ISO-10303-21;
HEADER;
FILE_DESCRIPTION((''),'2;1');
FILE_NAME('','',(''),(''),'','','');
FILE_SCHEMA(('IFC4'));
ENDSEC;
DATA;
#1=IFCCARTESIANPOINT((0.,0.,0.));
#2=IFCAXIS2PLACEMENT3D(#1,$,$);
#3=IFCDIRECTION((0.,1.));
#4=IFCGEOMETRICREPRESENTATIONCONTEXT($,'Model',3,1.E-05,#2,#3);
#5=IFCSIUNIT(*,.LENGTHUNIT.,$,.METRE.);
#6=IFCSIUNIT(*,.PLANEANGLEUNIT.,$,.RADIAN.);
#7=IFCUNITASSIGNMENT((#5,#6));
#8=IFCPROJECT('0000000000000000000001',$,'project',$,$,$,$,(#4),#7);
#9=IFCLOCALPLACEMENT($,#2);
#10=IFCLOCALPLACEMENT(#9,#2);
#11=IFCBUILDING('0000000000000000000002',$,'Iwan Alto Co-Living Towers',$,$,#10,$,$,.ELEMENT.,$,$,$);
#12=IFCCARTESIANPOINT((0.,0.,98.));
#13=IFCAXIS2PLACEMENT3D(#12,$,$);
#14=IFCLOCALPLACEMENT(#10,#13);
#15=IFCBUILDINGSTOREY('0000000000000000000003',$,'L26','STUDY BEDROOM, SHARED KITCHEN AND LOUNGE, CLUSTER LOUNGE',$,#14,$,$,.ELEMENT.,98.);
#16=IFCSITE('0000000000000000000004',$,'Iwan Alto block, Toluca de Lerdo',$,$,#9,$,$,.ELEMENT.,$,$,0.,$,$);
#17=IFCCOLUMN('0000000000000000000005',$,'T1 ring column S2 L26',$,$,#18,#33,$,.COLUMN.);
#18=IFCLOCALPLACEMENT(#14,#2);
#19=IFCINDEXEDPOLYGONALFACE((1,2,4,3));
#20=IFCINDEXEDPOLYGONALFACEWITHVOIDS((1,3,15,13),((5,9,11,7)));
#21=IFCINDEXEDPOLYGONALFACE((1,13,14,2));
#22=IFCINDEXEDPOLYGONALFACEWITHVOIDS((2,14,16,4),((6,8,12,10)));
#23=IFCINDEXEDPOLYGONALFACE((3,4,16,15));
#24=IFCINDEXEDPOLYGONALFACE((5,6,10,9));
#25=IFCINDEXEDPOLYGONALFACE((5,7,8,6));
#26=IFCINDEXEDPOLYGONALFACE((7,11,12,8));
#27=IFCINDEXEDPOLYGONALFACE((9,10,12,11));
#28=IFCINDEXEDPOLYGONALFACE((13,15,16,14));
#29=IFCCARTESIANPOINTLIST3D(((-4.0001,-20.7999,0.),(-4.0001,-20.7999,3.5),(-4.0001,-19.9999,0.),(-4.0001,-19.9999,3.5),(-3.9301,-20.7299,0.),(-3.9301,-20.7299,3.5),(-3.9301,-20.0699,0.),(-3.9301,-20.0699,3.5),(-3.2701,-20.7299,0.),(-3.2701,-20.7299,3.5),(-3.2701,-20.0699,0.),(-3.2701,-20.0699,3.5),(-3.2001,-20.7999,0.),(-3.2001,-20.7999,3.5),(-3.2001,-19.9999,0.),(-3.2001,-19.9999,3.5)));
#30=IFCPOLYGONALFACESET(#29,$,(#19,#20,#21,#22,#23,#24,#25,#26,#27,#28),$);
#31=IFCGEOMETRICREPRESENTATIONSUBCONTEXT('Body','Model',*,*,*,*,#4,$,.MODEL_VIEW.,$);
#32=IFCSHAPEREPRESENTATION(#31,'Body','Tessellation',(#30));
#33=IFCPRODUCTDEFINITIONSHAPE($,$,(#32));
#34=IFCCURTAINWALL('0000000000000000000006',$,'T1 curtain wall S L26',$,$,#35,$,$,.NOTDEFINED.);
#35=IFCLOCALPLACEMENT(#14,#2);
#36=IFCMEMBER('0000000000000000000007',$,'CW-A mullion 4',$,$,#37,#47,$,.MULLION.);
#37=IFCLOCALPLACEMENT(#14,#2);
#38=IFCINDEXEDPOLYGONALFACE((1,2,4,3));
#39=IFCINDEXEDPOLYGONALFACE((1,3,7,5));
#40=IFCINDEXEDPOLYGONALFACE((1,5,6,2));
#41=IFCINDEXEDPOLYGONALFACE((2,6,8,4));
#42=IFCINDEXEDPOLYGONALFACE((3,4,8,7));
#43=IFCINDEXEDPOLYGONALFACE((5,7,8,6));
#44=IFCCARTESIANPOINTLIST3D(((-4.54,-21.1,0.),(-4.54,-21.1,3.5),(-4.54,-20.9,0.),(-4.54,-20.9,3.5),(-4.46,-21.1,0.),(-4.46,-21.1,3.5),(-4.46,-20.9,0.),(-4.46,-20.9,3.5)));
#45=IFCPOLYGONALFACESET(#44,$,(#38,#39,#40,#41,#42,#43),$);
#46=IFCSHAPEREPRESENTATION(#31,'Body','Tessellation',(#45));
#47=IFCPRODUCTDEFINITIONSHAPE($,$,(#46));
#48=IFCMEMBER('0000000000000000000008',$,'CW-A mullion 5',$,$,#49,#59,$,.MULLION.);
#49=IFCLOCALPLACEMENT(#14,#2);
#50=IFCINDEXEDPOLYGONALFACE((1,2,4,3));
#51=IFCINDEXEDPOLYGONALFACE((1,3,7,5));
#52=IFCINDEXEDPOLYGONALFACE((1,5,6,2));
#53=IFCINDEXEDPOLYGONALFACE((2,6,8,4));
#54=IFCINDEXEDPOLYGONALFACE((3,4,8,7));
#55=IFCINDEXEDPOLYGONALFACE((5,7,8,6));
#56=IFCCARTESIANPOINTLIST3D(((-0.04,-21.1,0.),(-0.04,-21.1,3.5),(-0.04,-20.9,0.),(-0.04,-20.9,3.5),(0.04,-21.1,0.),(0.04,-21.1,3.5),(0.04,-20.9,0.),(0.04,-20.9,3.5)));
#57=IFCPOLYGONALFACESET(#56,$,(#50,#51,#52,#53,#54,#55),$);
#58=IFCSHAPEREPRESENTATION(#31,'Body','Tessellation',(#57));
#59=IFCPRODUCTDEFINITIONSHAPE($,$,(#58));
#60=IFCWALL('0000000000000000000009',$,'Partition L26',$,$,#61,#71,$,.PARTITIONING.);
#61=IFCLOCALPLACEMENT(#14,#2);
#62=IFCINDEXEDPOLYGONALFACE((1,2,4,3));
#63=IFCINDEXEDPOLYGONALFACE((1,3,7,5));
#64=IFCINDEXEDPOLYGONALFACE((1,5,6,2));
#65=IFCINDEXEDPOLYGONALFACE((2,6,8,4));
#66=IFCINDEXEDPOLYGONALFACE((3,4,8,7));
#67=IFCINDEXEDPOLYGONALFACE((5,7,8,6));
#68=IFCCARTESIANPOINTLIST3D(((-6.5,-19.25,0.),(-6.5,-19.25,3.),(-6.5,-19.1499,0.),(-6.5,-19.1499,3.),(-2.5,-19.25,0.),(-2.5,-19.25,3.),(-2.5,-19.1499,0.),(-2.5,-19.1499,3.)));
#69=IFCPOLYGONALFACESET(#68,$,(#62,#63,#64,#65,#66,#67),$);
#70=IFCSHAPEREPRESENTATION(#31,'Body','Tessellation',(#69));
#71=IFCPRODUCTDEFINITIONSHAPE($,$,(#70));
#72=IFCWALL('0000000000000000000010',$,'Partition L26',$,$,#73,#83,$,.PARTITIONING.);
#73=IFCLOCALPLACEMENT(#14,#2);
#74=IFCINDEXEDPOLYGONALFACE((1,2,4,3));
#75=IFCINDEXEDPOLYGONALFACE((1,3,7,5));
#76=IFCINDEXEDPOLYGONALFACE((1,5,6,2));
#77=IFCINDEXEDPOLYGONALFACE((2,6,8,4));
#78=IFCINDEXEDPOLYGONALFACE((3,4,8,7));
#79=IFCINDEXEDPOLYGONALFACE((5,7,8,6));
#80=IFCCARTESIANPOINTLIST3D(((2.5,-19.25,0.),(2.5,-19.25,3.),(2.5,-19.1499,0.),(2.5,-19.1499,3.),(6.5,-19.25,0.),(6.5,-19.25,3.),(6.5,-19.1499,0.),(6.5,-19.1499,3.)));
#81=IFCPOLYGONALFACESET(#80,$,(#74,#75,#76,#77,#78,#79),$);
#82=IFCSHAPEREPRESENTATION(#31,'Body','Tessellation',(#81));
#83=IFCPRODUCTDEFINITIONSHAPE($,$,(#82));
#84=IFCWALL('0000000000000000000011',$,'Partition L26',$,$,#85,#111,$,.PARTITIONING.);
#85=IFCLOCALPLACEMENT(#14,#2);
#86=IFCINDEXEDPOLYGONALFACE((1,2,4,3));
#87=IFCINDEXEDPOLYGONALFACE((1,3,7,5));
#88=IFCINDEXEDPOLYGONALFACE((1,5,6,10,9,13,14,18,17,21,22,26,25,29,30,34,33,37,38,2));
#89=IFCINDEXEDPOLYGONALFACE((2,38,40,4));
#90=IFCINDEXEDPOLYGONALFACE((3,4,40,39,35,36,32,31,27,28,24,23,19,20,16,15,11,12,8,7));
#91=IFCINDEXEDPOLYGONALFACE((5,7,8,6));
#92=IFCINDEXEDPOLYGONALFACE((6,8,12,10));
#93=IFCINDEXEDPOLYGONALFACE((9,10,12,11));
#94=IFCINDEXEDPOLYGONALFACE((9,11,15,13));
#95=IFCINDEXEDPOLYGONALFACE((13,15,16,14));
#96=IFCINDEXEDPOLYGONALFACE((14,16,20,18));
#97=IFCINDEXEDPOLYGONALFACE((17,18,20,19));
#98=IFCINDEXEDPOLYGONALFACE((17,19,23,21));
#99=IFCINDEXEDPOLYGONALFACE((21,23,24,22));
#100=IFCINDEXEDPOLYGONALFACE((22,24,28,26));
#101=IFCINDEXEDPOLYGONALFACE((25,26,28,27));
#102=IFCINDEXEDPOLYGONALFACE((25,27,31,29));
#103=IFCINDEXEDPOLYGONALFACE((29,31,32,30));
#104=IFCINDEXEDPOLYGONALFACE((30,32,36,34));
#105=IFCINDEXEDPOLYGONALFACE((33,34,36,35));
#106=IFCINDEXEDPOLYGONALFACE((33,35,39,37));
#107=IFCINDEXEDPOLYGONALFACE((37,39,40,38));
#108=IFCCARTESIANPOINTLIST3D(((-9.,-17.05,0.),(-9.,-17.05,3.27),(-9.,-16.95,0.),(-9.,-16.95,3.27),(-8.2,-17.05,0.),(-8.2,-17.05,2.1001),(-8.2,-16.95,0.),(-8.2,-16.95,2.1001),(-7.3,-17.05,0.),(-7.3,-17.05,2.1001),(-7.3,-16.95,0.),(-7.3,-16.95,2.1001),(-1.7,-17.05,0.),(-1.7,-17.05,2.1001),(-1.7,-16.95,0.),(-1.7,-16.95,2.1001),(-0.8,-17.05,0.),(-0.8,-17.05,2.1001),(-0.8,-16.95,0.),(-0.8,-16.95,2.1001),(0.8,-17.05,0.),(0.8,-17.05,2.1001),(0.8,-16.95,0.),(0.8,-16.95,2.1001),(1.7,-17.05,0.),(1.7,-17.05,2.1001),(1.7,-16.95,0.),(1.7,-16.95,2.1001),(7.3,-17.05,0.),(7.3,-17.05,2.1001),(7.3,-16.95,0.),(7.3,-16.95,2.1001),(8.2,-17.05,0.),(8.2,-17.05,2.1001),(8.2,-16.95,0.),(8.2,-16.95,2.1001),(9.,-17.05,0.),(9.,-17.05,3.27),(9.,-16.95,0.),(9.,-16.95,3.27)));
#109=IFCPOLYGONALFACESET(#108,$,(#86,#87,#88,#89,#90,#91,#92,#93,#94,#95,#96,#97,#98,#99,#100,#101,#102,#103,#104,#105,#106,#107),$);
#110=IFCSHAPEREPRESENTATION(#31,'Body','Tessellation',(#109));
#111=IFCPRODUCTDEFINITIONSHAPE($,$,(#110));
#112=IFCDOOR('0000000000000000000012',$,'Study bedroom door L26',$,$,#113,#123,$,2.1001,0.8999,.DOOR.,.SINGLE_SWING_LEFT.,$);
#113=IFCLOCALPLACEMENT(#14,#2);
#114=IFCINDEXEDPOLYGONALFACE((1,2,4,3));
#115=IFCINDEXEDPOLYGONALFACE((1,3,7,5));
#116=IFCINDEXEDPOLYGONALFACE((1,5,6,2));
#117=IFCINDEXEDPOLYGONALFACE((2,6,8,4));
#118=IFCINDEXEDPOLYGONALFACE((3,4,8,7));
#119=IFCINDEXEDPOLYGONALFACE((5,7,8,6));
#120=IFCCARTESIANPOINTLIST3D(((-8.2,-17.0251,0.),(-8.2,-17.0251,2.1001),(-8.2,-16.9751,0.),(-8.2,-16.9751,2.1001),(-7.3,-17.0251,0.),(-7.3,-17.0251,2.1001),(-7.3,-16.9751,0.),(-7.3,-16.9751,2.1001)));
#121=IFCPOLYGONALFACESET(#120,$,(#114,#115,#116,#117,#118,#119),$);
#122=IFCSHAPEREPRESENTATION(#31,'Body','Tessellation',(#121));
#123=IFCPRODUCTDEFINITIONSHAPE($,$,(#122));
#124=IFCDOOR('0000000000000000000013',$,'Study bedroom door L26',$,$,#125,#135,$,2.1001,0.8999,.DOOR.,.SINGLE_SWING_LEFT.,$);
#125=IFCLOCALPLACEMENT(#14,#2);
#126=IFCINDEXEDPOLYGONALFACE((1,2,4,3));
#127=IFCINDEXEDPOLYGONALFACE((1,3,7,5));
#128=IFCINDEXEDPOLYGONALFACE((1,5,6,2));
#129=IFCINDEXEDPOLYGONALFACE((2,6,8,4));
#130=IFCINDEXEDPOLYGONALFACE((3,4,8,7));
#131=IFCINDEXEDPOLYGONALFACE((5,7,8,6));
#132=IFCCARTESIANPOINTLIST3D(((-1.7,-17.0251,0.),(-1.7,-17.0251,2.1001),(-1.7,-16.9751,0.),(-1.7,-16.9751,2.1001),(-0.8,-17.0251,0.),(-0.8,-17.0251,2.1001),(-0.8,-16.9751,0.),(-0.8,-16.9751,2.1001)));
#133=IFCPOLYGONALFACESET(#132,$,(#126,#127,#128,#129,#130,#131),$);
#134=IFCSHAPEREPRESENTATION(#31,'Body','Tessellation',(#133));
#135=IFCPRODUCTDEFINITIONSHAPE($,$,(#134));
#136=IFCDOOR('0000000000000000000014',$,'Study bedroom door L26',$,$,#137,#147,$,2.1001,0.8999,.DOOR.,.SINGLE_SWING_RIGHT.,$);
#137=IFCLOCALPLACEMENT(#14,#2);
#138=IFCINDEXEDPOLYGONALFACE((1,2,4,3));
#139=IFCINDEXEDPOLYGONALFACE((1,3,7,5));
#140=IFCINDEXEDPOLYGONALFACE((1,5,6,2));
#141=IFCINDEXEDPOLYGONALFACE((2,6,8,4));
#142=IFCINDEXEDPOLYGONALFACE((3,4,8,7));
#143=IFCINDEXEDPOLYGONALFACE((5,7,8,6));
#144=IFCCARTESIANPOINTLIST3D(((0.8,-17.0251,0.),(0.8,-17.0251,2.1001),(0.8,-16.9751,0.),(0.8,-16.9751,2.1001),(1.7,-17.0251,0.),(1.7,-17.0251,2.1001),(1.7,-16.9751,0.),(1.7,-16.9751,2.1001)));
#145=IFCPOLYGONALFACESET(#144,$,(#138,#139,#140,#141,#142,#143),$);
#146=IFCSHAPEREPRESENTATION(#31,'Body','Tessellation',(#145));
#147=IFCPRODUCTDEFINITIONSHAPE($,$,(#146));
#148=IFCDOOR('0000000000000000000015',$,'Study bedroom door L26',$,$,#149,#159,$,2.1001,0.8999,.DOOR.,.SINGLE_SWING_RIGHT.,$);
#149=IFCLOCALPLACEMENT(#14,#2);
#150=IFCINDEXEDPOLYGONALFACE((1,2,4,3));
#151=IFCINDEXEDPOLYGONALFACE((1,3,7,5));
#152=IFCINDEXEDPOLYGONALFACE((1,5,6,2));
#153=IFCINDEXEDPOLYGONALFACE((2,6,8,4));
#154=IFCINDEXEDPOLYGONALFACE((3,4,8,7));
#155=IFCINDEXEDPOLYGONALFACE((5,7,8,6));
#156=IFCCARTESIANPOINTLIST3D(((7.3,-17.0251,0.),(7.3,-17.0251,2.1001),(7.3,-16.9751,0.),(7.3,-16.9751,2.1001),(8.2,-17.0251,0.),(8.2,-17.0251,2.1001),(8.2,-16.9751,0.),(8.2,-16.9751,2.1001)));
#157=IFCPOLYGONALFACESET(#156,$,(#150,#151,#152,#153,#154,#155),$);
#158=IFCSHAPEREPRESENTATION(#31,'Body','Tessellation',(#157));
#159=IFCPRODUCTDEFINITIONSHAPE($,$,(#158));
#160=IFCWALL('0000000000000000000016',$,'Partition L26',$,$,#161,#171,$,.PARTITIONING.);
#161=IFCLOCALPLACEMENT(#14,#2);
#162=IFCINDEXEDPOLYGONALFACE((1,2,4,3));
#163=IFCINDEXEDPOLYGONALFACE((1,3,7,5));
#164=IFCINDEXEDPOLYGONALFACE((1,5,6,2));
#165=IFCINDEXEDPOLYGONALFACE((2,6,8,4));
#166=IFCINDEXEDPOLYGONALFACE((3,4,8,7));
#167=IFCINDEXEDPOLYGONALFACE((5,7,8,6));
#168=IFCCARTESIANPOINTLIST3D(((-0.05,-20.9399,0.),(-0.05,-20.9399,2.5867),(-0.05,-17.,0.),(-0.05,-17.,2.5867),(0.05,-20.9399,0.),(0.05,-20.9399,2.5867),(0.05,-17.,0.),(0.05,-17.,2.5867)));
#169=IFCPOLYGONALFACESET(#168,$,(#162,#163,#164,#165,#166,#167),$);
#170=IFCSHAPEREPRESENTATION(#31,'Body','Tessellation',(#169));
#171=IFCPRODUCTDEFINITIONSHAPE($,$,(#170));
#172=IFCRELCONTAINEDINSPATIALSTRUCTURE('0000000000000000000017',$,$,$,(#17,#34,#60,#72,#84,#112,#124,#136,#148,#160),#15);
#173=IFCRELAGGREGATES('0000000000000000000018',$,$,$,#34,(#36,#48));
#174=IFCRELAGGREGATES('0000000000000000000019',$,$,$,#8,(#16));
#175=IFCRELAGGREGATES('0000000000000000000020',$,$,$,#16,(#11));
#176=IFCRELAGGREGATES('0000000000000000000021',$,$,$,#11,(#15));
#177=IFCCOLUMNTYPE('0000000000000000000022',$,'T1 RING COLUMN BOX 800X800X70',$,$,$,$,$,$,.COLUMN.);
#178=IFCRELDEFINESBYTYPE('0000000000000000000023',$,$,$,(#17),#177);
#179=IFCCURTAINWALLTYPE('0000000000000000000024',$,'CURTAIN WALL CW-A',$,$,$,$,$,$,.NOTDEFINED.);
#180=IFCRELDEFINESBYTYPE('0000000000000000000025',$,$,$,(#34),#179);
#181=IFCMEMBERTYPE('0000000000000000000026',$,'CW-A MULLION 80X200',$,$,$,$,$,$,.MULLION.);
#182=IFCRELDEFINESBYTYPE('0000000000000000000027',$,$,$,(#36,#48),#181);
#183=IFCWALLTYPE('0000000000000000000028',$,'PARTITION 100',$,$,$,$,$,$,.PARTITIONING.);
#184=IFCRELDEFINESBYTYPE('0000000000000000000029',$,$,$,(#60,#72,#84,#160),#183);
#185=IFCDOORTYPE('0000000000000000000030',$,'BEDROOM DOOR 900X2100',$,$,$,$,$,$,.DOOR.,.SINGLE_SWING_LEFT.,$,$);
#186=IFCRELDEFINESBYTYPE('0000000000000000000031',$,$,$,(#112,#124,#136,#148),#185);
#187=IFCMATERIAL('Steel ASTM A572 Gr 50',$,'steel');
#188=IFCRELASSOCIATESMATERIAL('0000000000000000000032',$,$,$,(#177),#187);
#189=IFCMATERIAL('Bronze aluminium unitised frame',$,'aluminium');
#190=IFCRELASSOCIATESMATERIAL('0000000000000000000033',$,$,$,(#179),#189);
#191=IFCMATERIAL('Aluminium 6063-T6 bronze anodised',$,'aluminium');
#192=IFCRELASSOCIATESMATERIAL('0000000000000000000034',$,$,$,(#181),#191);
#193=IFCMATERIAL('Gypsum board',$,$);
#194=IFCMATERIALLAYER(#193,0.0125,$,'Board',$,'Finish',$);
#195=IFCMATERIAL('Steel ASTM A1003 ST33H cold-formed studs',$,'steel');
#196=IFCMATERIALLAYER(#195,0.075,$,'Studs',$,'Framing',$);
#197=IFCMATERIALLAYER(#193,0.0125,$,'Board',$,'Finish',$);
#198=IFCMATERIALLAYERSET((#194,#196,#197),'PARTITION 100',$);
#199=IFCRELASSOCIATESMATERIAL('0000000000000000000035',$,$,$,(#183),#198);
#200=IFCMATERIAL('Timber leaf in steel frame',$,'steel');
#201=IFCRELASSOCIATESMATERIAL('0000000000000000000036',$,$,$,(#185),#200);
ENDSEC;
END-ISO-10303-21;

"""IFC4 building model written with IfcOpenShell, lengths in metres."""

from ifc_helpers import new_model, si_unit, direction, frame, frame_2d, origin, origin_2d, place, context, subcontext, project, spatial, rectangle, hollow_rectangle, extrude, material, layer, layer_set, material_profile, profile_set, type_object, element, fill, aggregate, save


model = new_model("IFC4")

# Units and contexts
model_context = context("Model", 3, precision=1e-05, world=origin(), true_north=direction((0.0, 1.0)))
body_context = subcontext(model_context, "Body", "Model", "MODEL_VIEW")
ifc_project = project(units=[si_unit("LENGTHUNIT", "METRE"), si_unit("PLANEANGLEUNIT", "RADIAN")], contexts=[model_context])

# Site, building, storey
site_placement = place(None, origin())
site = spatial("IfcSite", under=ifc_project, at=site_placement, Name="Iwan Alto block, Toluca de Lerdo", CompositionType="ELEMENT", RefElevation=0.0)
building_placement = place(site_placement, origin())
building = spatial("IfcBuilding", under=site, at=building_placement, Name="Iwan Alto Co-Living Towers", CompositionType="ELEMENT")
storey_placement = place(building_placement, frame((0.0, 0.0, 98.0)))
storey = spatial("IfcBuildingStorey", under=building, at=storey_placement, Name="L26", Description="STUDY BEDROOM, SHARED KITCHEN AND LOUNGE, CLUSTER LOUNGE", CompositionType="ELEMENT", Elevation=98.0)

# Column
ifc_material_1 = material(Name="Steel ASTM A572 Gr 50", Category="steel")
ifc_material_profile_1 = material_profile(ifc_material_1, hollow_rectangle(XDim=0.8, YDim=0.8, WallThickness=0.0701, at=origin_2d()), Name="BOX 800X800X70")
ifc_profile_set_1 = profile_set([ifc_material_profile_1], Name="Steel ASTM A572 Gr 50")
column_type = type_object("IfcColumnType", Name="T1 RING COLUMN BOX 800X800X70", PredefinedType="COLUMN", material=ifc_profile_set_1)
column_placement = place(storey_placement, frame((-3.6001, -20.3999, 0.0), z_axis=(0.0, 0.0, 1.0), x_axis=(1.0, 0.0, 0.0)))
element("IfcColumn", 1, at=column_placement, inside=storey, type_object=column_type, Name="T1 ring column S2 L26", PredefinedType="COLUMN", context=body_context, shape_type="SweptSolid", body=[
    extrude(hollow_rectangle(XDim=0.8, YDim=0.8, WallThickness=0.0701, at=origin_2d()), origin(), (0.0, 0.0, 1.0), 3.5),
])

# Curtain wall, members
ifc_material_2 = material(Name="Bronze aluminium unitised frame", Category="aluminium")
curtain_wall_type = type_object("IfcCurtainWallType", Name="CURTAIN WALL CW-A", PredefinedType="NOTDEFINED", material=ifc_material_2)
curtain_wall_placement = place(storey_placement, origin())
curtain_wall = element("IfcCurtainWall", 2, at=curtain_wall_placement, inside=storey, type_object=curtain_wall_type, Name="T1 curtain wall S L26", PredefinedType="NOTDEFINED")
ifc_material_3 = material(Name="Aluminium 6063-T6 bronze anodised", Category="aluminium")
ifc_material_profile_2 = material_profile(ifc_material_3, rectangle(XDim=0.2, YDim=0.0801, at=origin_2d()), Name="AL 80X200")
ifc_profile_set_2 = profile_set([ifc_material_profile_2], Name="Aluminium 6063-T6 bronze anodised")
member_type = type_object("IfcMemberType", Name="CW-A MULLION 80X200", PredefinedType="MULLION", material=ifc_profile_set_2)
member_1_placement = place(storey_placement, frame((-4.5, -21.0, 0.0), z_axis=(0.0, 0.0, 1.0), x_axis=(0.0, 1.0, 0.0)))
member_1 = element("IfcMember", 3, at=member_1_placement, type_object=member_type, Name="CW-A mullion 4", PredefinedType="MULLION", context=body_context, shape_type="SweptSolid", body=[
    extrude(rectangle(XDim=0.2, YDim=0.0801, at=origin_2d()), origin(), (0.0, 0.0, 1.0), 3.5),
])
member_2_placement = place(storey_placement, frame((0.0, -21.0, 0.0), z_axis=(0.0, 0.0, 1.0), x_axis=(0.0, 1.0, 0.0)))
member_2 = element("IfcMember", 4, at=member_2_placement, type_object=member_type, Name="CW-A mullion 5", PredefinedType="MULLION", context=body_context, shape_type="SweptSolid", body=[
    extrude(rectangle(XDim=0.2, YDim=0.0801, at=origin_2d()), origin(), (0.0, 0.0, 1.0), 3.5),
])
aggregate(curtain_wall, [member_1, member_2])

# Walls
ifc_material_4 = material(Name="Gypsum board")
ifc_layer_1 = layer(ifc_material_4, 0.0125, Name="Board", Category="Finish")
ifc_material_5 = material(Name="Steel ASTM A1003 ST33H cold-formed studs", Category="steel")
ifc_layer_2 = layer(ifc_material_5, 0.075, Name="Studs", Category="Framing")
ifc_layer_3 = layer(ifc_material_4, 0.0125, Name="Board", Category="Finish")
ifc_layer_set_1 = layer_set([ifc_layer_1, ifc_layer_2, ifc_layer_3], Name="PARTITION 100")
wall_type_1 = type_object("IfcWallType", Name="PARTITION 100", PredefinedType="PARTITIONING", material=ifc_layer_set_1)
for number, where, z_axis, x_axis, name in (
    (5, (-6.5, -19.2, 0.0), (0.0, 0.0, 1.0), (1.0, 0.0, 0.0), "Partition L26"),
    (6, (2.5, -19.2, 0.0), (0.0, 0.0, 1.0), (1.0, 0.0, 0.0), "Partition L26"),
):
    element("IfcWall", number, at=place(storey_placement, frame(where, z_axis=z_axis, x_axis=x_axis)), inside=storey, type_object=wall_type_1, Name=name, PredefinedType="PARTITIONING", context=body_context, shape_type="SweptSolid", body=[
        extrude(rectangle(XDim=4.0, YDim=0.1001, at=frame_2d((2.0, 0.0))), origin(), (0.0, 0.0, 1.0), 3.0),
    ])

# Wall, openings, doors
wall_1_placement = place(storey_placement, frame((-9.0, -17.0, 0.0), z_axis=(0.0, 0.0, 1.0), x_axis=(1.0, 0.0, 0.0)))
wall_1 = element("IfcWall", 7, at=wall_1_placement, inside=storey, type_object=wall_type_1, Name="Partition L26", PredefinedType="PARTITIONING", context=body_context, shape_type="SweptSolid", body=[
    extrude(rectangle(XDim=18.0, YDim=0.1001, at=frame_2d((9.0, 0.0))), origin(), (0.0, 0.0, 1.0), 3.27),
])
opening_1_placement = place(wall_1_placement, frame((0.8, 0.0, 0.0)))
opening_1 = element("IfcOpeningElement", 8, at=opening_1_placement, cuts=wall_1, PredefinedType="OPENING", context=body_context, shape_type="SweptSolid", body=[
    extrude(rectangle(XDim=0.8999, YDim=2.1001, at=frame_2d((0.45, 1.05))), frame((0.0, 0.0601, 0.0), z_axis=(0.0, -1.0, 0.0), x_axis=(1.0, 0.0, 0.0)), (0.0, 0.0, 1.0), 0.1201),
])
opening_2_placement = place(wall_1_placement, frame((7.3, 0.0, 0.0)))
opening_2 = element("IfcOpeningElement", 9, at=opening_2_placement, cuts=wall_1, PredefinedType="OPENING", context=body_context, shape_type="SweptSolid", body=[
    extrude(rectangle(XDim=0.8999, YDim=2.1001, at=frame_2d((0.45, 1.05))), frame((0.0, 0.0601, 0.0), z_axis=(0.0, -1.0, 0.0), x_axis=(1.0, 0.0, 0.0)), (0.0, 0.0, 1.0), 0.1201),
])
opening_3_placement = place(wall_1_placement, frame((9.8, 0.0, 0.0)))
opening_3 = element("IfcOpeningElement", 10, at=opening_3_placement, cuts=wall_1, PredefinedType="OPENING", context=body_context, shape_type="SweptSolid", body=[
    extrude(rectangle(XDim=0.8999, YDim=2.1001, at=frame_2d((0.45, 1.05))), frame((0.0, 0.0601, 0.0), z_axis=(0.0, -1.0, 0.0), x_axis=(1.0, 0.0, 0.0)), (0.0, 0.0, 1.0), 0.1201),
])
opening_4_placement = place(wall_1_placement, frame((16.3, 0.0, 0.0)))
opening_4 = element("IfcOpeningElement", 11, at=opening_4_placement, cuts=wall_1, PredefinedType="OPENING", context=body_context, shape_type="SweptSolid", body=[
    extrude(rectangle(XDim=0.8999, YDim=2.1001, at=frame_2d((0.45, 1.05))), frame((0.0, 0.0601, 0.0), z_axis=(0.0, -1.0, 0.0), x_axis=(1.0, 0.0, 0.0)), (0.0, 0.0, 1.0), 0.1201),
])
ifc_material_6 = material(Name="Timber leaf in steel frame", Category="steel")
door_type_1 = type_object("IfcDoorType", Name="BEDROOM DOOR 900X2100", OperationType="SINGLE_SWING_LEFT", PredefinedType="DOOR", material=ifc_material_6)
door_1_placement = place(opening_1_placement, origin())
door_1 = element("IfcDoor", 12, at=door_1_placement, inside=storey, type_object=door_type_1, Name="Study bedroom door L26", OperationType="SINGLE_SWING_LEFT", OverallHeight=2.1001, OverallWidth=0.8999, PredefinedType="DOOR", context=body_context, shape_type="SweptSolid", body=[
    extrude(rectangle(XDim=0.8999, YDim=2.1001, at=frame_2d((0.45, 1.05))), frame((0.0, 0.0249, 0.0), z_axis=(0.0, -1.0, 0.0), x_axis=(1.0, 0.0, 0.0)), (0.0, 0.0, 1.0), 0.05),
])
fill(opening_1, door_1)
door_2_placement = place(opening_2_placement, origin())
door_2 = element("IfcDoor", 13, at=door_2_placement, inside=storey, type_object=door_type_1, Name="Study bedroom door L26", OperationType="SINGLE_SWING_LEFT", OverallHeight=2.1001, OverallWidth=0.8999, PredefinedType="DOOR", context=body_context, shape_type="SweptSolid", body=[
    extrude(rectangle(XDim=0.8999, YDim=2.1001, at=frame_2d((0.45, 1.05))), frame((0.0, 0.0249, 0.0), z_axis=(0.0, -1.0, 0.0), x_axis=(1.0, 0.0, 0.0)), (0.0, 0.0, 1.0), 0.05),
])
fill(opening_2, door_2)
door_3_placement = place(opening_3_placement, origin())
door_3 = element("IfcDoor", 14, at=door_3_placement, inside=storey, type_object=door_type_1, Name="Study bedroom door L26", OperationType="SINGLE_SWING_RIGHT", OverallHeight=2.1001, OverallWidth=0.8999, PredefinedType="DOOR", context=body_context, shape_type="SweptSolid", body=[
    extrude(rectangle(XDim=0.8999, YDim=2.1001, at=frame_2d((0.45, 1.05))), frame((0.0, 0.0249, 0.0), z_axis=(0.0, -1.0, 0.0), x_axis=(1.0, 0.0, 0.0)), (0.0, 0.0, 1.0), 0.05),
])
fill(opening_3, door_3)
door_4_placement = place(opening_4_placement, origin())
door_4 = element("IfcDoor", 15, at=door_4_placement, inside=storey, type_object=door_type_1, Name="Study bedroom door L26", OperationType="SINGLE_SWING_RIGHT", OverallHeight=2.1001, OverallWidth=0.8999, PredefinedType="DOOR", context=body_context, shape_type="SweptSolid", body=[
    extrude(rectangle(XDim=0.8999, YDim=2.1001, at=frame_2d((0.45, 1.05))), frame((0.0, 0.0249, 0.0), z_axis=(0.0, -1.0, 0.0), x_axis=(1.0, 0.0, 0.0)), (0.0, 0.0, 1.0), 0.05),
])
fill(opening_4, door_4)

# Wall
wall_2_placement = place(storey_placement, frame((0.0, -20.9399, 0.0), z_axis=(0.0, 0.0, 1.0), x_axis=(0.0, 1.0, 0.0)))
element("IfcWall", 16, at=wall_2_placement, inside=storey, type_object=wall_type_1, Name="Partition L26", PredefinedType="PARTITIONING", context=body_context, shape_type="SweptSolid", body=[
    extrude(rectangle(XDim=3.9399, YDim=0.1001, at=frame_2d((1.97, 0.0))), origin(), (0.0, 0.0, 1.0), 2.5867),
])

save(model, "model.ifc")
